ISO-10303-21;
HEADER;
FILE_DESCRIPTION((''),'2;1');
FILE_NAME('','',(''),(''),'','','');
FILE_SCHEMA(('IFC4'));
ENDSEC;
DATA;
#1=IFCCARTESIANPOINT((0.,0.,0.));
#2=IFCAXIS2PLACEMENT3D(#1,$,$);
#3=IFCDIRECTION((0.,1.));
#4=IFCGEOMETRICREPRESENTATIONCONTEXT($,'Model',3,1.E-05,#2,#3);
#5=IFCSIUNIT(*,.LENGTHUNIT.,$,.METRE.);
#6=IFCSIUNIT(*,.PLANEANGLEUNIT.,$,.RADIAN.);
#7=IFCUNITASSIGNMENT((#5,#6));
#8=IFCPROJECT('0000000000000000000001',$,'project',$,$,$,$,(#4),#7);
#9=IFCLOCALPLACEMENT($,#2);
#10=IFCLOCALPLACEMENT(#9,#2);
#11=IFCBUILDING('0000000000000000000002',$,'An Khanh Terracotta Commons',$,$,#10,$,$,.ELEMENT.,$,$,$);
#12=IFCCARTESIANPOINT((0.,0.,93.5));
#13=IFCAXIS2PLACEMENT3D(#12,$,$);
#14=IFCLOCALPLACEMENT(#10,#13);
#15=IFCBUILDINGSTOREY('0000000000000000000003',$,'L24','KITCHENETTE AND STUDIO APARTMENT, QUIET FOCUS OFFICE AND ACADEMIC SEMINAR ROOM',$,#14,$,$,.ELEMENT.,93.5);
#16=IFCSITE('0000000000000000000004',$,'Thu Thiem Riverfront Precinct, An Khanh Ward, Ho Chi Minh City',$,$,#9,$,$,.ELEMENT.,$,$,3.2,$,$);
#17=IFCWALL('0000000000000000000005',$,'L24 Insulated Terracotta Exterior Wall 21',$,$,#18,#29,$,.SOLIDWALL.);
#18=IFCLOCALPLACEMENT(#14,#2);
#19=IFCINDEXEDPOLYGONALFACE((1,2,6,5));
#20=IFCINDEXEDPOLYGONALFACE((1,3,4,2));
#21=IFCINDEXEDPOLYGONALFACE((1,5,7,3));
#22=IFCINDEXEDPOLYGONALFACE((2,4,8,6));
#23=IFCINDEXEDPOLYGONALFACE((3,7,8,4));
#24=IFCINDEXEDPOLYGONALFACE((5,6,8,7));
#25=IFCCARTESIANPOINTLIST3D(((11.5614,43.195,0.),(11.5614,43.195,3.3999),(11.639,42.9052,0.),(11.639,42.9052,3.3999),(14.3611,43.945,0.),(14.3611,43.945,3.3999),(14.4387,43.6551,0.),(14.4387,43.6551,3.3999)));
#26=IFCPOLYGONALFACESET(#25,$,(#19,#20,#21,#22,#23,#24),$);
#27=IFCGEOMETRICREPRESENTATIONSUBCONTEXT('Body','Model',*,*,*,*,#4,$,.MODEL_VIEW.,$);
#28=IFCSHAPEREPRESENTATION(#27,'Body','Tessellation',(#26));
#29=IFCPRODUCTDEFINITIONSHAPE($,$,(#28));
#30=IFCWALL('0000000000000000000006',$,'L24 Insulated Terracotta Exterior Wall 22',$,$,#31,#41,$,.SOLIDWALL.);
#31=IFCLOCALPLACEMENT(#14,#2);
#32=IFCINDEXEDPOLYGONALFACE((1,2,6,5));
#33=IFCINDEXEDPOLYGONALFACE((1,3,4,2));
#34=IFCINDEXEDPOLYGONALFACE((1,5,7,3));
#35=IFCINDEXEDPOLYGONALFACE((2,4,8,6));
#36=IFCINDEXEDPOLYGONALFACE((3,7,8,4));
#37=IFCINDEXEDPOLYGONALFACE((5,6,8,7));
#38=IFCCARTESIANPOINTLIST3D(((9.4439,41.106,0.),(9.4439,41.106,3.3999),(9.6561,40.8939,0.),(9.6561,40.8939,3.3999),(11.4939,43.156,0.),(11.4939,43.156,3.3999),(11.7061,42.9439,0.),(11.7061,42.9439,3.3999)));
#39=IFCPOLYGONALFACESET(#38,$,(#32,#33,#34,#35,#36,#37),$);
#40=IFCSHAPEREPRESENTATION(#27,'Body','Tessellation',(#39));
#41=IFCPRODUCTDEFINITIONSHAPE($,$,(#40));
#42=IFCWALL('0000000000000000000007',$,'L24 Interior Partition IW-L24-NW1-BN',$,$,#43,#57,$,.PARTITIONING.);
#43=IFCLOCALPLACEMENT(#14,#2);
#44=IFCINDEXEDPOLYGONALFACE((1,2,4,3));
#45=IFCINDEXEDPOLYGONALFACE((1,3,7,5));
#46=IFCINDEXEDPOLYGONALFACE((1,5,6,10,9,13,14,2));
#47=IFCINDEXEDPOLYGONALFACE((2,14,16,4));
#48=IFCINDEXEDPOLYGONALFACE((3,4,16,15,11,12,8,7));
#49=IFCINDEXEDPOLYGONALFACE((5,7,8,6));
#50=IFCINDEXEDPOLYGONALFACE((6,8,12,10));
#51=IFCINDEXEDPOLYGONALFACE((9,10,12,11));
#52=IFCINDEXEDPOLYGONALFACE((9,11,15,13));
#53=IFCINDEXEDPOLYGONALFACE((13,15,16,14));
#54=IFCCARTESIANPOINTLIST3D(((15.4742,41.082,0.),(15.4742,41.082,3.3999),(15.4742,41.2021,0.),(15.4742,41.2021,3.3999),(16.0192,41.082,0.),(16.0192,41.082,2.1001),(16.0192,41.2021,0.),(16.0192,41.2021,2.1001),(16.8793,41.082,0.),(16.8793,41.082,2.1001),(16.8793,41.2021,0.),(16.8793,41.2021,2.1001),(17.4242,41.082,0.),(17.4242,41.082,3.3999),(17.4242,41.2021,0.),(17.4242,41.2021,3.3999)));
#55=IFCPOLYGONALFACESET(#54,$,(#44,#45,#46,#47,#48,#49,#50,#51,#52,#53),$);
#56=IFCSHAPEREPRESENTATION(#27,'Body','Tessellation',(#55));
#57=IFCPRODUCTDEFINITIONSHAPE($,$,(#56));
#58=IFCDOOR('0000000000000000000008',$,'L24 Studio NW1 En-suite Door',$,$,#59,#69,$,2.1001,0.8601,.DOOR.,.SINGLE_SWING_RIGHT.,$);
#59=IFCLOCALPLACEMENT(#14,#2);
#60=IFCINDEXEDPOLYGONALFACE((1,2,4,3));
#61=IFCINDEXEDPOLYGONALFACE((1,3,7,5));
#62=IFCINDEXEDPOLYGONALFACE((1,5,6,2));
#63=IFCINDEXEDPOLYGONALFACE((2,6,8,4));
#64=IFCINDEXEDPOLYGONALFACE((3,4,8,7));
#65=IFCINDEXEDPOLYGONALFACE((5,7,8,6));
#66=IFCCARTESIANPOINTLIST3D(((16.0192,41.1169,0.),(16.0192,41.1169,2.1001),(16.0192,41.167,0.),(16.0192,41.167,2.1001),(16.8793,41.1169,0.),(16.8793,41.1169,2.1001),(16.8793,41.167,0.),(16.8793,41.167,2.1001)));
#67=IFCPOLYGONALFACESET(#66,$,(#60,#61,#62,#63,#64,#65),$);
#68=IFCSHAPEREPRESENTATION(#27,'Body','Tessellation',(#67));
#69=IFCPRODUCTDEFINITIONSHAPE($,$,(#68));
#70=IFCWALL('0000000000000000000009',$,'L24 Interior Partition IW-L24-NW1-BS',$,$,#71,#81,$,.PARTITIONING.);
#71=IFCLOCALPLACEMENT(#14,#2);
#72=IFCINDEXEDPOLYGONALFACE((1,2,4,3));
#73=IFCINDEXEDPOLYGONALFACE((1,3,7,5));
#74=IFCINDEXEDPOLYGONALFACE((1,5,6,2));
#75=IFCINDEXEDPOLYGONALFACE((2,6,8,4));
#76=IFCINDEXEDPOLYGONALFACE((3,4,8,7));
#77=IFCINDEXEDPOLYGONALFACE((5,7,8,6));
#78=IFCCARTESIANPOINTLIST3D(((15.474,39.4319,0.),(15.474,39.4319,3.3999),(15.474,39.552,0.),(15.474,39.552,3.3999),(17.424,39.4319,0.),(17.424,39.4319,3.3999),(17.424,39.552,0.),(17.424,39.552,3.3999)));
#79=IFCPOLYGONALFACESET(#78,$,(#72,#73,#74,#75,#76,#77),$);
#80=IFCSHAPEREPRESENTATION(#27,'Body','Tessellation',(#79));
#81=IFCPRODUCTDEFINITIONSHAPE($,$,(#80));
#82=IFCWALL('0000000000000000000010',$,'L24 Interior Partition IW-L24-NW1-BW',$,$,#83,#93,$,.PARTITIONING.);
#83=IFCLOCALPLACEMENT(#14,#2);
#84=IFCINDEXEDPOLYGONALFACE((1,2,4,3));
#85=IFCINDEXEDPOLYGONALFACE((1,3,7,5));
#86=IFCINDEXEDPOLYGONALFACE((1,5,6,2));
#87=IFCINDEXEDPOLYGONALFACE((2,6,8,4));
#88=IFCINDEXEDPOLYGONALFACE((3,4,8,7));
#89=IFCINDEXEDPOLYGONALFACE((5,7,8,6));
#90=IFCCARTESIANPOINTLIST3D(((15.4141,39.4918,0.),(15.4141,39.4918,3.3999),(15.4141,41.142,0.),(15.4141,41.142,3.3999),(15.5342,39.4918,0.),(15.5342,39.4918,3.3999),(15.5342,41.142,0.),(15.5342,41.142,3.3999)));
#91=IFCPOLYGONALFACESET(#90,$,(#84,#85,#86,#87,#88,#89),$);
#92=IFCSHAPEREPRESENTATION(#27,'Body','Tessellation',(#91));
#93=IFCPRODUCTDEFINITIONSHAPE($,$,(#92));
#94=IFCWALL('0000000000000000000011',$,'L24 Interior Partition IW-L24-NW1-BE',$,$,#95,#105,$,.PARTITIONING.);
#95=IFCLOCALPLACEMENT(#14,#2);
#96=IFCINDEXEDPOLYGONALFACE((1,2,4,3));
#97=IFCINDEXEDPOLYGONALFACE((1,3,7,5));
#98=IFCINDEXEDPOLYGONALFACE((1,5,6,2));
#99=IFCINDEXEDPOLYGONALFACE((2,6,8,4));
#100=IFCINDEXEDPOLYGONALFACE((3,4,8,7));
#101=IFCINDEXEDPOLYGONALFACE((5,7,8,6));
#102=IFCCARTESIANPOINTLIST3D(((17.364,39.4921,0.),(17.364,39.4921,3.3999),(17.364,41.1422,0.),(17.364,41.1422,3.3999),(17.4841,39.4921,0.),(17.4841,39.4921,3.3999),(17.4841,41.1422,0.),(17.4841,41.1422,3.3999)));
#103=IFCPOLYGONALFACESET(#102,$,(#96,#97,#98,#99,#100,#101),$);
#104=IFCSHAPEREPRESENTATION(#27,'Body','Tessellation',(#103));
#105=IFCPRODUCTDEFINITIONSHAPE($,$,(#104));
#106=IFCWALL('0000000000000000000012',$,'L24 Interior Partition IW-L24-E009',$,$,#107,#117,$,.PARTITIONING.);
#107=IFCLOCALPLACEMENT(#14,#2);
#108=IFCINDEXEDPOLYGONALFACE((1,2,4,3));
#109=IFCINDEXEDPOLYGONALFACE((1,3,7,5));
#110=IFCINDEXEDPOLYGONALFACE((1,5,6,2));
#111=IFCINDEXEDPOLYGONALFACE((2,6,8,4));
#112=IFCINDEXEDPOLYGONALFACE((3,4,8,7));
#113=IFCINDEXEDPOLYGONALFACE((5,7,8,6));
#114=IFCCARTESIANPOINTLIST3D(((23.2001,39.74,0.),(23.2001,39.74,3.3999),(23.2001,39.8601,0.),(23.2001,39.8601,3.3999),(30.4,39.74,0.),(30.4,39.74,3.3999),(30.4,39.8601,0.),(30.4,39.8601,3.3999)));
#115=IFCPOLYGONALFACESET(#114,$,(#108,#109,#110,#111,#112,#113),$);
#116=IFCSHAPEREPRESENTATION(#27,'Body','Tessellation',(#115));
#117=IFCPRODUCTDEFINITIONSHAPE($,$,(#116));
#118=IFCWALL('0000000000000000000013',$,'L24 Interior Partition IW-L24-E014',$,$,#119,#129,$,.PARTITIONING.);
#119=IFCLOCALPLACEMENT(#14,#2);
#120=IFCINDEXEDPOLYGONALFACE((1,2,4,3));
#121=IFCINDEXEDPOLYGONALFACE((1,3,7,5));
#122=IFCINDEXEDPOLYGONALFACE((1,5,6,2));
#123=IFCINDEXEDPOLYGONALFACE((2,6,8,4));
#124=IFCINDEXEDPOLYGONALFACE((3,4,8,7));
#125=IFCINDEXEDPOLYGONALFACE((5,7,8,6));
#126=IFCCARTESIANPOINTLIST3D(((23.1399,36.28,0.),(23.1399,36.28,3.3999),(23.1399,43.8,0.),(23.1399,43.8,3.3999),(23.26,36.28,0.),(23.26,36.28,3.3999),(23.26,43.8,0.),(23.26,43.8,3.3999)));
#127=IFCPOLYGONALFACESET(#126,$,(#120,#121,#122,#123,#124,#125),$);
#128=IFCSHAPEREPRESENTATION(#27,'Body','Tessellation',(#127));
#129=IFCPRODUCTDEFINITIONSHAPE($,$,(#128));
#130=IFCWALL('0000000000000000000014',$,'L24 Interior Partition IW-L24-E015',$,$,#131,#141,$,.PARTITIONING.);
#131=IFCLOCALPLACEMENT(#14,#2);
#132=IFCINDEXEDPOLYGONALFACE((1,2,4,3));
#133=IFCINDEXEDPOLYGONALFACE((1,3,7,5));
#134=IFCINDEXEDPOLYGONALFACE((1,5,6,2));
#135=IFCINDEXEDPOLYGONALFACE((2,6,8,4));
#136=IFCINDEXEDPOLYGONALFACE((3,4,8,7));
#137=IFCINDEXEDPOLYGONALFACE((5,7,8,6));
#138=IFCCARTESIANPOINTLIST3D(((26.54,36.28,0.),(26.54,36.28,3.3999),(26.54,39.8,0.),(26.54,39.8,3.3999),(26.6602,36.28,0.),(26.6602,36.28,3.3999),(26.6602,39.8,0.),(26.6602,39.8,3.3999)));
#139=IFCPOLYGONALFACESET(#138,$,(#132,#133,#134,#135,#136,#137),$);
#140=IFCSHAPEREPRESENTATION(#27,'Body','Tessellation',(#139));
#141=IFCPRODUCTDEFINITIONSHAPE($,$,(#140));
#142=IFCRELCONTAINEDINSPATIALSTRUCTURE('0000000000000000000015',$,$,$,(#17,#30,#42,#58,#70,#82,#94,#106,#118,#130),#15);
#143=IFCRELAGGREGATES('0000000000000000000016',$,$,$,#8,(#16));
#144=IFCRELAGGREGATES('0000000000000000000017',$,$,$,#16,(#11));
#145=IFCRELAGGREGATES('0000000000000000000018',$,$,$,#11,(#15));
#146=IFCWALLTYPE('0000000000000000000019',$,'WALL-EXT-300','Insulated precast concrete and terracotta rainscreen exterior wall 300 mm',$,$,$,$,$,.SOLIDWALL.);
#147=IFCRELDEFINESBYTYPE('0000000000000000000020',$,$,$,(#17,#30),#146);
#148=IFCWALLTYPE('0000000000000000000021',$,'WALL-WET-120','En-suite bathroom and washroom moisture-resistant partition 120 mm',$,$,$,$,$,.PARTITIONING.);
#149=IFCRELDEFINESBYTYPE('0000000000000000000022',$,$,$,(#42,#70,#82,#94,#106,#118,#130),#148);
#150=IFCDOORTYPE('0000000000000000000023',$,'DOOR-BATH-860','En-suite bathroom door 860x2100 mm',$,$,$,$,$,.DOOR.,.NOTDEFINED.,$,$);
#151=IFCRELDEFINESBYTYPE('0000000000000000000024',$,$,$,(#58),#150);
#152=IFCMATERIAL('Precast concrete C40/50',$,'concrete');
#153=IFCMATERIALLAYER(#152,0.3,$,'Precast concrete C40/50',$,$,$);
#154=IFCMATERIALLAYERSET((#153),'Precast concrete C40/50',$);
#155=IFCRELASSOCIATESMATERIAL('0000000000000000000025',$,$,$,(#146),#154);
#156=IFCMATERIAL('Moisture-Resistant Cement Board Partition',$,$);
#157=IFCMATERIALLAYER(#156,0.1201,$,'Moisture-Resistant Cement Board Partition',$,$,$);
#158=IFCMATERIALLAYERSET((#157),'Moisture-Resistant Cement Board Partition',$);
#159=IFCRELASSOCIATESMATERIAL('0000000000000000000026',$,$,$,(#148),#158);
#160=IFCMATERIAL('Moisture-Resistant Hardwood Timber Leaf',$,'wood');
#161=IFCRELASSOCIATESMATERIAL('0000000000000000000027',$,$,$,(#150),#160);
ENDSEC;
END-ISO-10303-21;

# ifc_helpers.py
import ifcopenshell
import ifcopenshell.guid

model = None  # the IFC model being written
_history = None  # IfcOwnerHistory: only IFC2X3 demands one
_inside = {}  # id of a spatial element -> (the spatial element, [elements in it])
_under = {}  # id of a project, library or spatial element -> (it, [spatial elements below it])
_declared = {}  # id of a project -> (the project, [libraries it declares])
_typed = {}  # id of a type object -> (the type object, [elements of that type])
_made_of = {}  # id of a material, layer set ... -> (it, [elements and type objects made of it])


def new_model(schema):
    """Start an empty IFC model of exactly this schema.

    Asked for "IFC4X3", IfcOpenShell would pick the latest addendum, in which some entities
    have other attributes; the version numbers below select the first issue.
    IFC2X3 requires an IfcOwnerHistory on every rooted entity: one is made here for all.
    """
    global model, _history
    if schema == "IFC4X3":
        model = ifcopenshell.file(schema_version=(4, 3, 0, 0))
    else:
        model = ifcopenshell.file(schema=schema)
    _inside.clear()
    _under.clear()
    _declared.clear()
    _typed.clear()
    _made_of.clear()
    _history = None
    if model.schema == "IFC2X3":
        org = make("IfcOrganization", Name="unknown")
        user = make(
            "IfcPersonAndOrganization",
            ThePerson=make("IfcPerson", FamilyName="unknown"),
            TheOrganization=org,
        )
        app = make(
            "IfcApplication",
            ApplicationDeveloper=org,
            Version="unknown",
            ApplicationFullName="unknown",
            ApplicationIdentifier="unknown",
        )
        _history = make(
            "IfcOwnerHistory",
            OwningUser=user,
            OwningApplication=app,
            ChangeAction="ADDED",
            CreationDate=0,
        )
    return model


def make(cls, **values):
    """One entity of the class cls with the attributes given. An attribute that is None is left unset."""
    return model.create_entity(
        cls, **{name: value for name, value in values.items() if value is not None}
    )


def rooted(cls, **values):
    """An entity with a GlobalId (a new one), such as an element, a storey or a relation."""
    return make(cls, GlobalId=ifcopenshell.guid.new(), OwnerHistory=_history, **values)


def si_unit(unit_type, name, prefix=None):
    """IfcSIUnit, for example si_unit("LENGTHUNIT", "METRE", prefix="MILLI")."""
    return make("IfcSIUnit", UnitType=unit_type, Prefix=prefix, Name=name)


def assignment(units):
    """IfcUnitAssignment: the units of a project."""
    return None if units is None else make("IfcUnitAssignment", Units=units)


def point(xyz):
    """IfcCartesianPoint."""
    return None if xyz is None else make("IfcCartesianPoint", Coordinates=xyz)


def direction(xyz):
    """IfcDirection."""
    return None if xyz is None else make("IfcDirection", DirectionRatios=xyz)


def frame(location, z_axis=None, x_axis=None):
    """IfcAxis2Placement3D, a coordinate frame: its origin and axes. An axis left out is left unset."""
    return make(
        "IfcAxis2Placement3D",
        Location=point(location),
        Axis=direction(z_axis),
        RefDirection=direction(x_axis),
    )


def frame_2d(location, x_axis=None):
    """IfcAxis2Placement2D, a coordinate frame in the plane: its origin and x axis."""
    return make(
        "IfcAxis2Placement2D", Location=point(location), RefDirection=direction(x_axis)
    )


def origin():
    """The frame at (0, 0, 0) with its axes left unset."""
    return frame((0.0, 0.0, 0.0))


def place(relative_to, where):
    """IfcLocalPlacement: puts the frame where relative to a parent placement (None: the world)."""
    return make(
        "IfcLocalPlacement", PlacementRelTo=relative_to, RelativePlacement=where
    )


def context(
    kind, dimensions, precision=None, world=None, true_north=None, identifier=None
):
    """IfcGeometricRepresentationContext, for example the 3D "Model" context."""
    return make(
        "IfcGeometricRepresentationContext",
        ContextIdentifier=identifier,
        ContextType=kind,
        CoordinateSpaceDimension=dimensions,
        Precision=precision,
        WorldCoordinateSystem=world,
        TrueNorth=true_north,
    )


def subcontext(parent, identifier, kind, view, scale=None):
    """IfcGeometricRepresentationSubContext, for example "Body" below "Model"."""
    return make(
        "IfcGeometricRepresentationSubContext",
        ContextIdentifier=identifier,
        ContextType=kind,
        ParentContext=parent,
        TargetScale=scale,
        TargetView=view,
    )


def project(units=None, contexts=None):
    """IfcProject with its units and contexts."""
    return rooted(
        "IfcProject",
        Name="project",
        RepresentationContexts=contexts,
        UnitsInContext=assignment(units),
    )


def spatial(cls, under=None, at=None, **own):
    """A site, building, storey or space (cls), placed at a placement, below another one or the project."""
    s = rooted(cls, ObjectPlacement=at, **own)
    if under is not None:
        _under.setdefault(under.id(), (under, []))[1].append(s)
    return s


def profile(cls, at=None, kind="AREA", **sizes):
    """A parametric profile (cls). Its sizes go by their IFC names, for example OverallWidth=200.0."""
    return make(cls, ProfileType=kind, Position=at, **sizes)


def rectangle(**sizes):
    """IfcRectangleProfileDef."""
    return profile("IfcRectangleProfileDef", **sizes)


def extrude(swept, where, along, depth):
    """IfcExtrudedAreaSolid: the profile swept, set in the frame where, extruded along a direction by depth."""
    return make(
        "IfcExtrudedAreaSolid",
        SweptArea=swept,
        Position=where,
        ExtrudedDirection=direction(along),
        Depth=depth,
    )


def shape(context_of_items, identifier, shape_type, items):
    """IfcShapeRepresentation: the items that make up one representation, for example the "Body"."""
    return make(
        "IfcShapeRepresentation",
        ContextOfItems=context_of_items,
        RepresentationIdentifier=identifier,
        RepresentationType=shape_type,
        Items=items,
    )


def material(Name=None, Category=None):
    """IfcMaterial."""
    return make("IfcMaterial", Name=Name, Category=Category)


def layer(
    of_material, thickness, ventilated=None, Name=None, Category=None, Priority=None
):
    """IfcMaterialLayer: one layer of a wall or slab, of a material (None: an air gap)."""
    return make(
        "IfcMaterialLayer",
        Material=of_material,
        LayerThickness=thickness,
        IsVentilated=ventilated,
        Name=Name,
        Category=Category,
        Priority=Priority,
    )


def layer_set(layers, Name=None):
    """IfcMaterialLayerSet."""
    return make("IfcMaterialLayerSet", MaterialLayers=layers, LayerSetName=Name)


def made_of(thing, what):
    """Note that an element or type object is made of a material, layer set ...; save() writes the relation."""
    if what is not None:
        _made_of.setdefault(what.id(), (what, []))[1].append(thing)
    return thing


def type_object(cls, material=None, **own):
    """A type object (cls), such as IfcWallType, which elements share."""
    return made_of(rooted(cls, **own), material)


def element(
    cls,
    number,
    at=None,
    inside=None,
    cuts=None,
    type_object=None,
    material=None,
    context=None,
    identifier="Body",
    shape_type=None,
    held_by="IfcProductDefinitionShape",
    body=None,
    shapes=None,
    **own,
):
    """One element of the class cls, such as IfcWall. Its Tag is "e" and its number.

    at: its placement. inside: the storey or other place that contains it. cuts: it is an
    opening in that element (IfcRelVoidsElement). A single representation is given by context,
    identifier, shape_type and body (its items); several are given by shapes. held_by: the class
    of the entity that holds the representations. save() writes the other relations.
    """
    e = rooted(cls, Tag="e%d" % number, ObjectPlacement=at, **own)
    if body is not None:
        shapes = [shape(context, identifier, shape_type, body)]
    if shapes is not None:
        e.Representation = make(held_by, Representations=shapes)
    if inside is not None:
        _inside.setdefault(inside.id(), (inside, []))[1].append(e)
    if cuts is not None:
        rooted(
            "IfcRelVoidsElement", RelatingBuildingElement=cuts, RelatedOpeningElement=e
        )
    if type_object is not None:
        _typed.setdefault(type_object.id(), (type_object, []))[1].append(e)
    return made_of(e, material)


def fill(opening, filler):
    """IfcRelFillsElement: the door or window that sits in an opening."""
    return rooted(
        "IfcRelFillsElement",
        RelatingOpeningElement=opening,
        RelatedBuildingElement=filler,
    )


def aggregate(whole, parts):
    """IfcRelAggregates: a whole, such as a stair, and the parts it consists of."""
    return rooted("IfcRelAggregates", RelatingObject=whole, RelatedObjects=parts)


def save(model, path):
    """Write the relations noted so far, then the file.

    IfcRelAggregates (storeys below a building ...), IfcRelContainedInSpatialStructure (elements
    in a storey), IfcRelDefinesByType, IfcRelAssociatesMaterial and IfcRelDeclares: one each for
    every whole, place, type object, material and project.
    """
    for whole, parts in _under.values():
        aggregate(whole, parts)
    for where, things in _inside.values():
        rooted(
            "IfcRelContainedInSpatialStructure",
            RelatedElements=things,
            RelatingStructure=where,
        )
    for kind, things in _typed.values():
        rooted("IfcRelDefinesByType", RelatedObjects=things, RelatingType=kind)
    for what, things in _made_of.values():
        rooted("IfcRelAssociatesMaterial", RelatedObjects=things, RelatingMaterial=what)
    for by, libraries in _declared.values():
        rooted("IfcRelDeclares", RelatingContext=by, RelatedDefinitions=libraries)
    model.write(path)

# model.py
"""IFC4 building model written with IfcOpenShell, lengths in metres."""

from ifc_helpers import new_model, si_unit, direction, frame, frame_2d, origin, place, context, subcontext, project, spatial, rectangle, extrude, material, layer, layer_set, type_object, element, fill, save


model = new_model("IFC4")

# Units and contexts
model_context = context("Model", 3, precision=1e-05, world=origin(), true_north=direction((0.0, 1.0)))
body_context = subcontext(model_context, "Body", "Model", "MODEL_VIEW")
ifc_project = project(units=[si_unit("LENGTHUNIT", "METRE"), si_unit("PLANEANGLEUNIT", "RADIAN")], contexts=[model_context])

# Site, building, storey
site_placement = place(None, origin())
site = spatial("IfcSite", under=ifc_project, at=site_placement, Name="Thu Thiem Riverfront Precinct, An Khanh Ward, Ho Chi Minh City", CompositionType="ELEMENT", RefElevation=3.2)
building_placement = place(site_placement, origin())
building = spatial("IfcBuilding", under=site, at=building_placement, Name="An Khanh Terracotta Commons", CompositionType="ELEMENT")
storey_placement = place(building_placement, frame((0.0, 0.0, 93.5)))
storey = spatial("IfcBuildingStorey", under=building, at=storey_placement, Name="L24", Description="KITCHENETTE AND STUDIO APARTMENT, QUIET FOCUS OFFICE AND ACADEMIC SEMINAR ROOM", CompositionType="ELEMENT", Elevation=93.5)

# Walls
ifc_material_1 = material(Name="Precast concrete C40/50", Category="concrete")
ifc_layer_1 = layer(ifc_material_1, 0.3, Name="Precast concrete C40/50")
ifc_layer_set_1 = layer_set([ifc_layer_1], Name="Precast concrete C40/50")
wall_type_1 = type_object("IfcWallType", Name="WALL-EXT-300", Description="Insulated precast concrete and terracotta rainscreen exterior wall 300 mm", PredefinedType="SOLIDWALL", material=ifc_layer_set_1)
wall_1_placement = place(storey_placement, frame((14.3999, 43.8, 0.0), z_axis=(0.0, 0.0, 1.0), x_axis=(-0.965944, -0.258753, 0.0)))
element("IfcWall", 1, at=wall_1_placement, inside=storey, type_object=wall_type_1, Name="L24 Insulated Terracotta Exterior Wall 21", PredefinedType="SOLIDWALL", context=body_context, shape_type="SweptSolid", body=[
    extrude(rectangle(XDim=2.8984, YDim=0.3, at=frame_2d((1.4492, 0.0))), origin(), (0.0, 0.0, 1.0), 3.3999),
])
wall_2_placement = place(storey_placement, frame((11.6001, 43.05, 0.0), z_axis=(0.0, 0.0, 1.0), x_axis=(-0.707107, -0.707107, 0.0)))
element("IfcWall", 2, at=wall_2_placement, inside=storey, type_object=wall_type_1, Name="L24 Insulated Terracotta Exterior Wall 22", PredefinedType="SOLIDWALL", context=body_context, shape_type="SweptSolid", body=[
    extrude(rectangle(XDim=2.8992, YDim=0.3, at=frame_2d((1.4497, 0.0))), origin(), (0.0, 0.0, 1.0), 3.3999),
])

# Wall, opening, door
ifc_material_2 = material(Name="Moisture-Resistant Cement Board Partition")
ifc_layer_2 = layer(ifc_material_2, 0.1201, Name="Moisture-Resistant Cement Board Partition")
ifc_layer_set_2 = layer_set([ifc_layer_2], Name="Moisture-Resistant Cement Board Partition")
wall_type_2 = type_object("IfcWallType", Name="WALL-WET-120", Description="En-suite bathroom and washroom moisture-resistant partition 120 mm", PredefinedType="PARTITIONING", material=ifc_layer_set_2)
wall_3_placement = place(storey_placement, frame((15.4741, 41.1421, 0.0), z_axis=(0.0, 0.0, 1.0), x_axis=(1.0, 0.0, 0.0)))
wall_3 = element("IfcWall", 3, at=wall_3_placement, inside=storey, type_object=wall_type_2, Name="L24 Interior Partition IW-L24-NW1-BN", PredefinedType="PARTITIONING", context=body_context, shape_type="SweptSolid", body=[
    extrude(rectangle(XDim=1.95, YDim=0.1201, at=frame_2d((0.9751, 0.0))), origin(), (0.0, 0.0, 1.0), 3.3999),
])
opening_placement = place(wall_3_placement, frame((0.5449, 0.0, 0.0)))
opening = element("IfcOpeningElement", 4, at=opening_placement, cuts=wall_3, PredefinedType="OPENING", context=body_context, shape_type="SweptSolid", body=[
    extrude(rectangle(XDim=0.8601, YDim=2.1001, at=frame_2d((0.4302, 1.05))), frame((0.0, 0.0701, 0.0), z_axis=(0.0, -1.0, 0.0), x_axis=(1.0, 0.0, 0.0)), (0.0, 0.0, 1.0), 0.1401),
])
ifc_material_3 = material(Name="Moisture-Resistant Hardwood Timber Leaf", Category="wood")
door_type = type_object("IfcDoorType", Name="DOOR-BATH-860", Description="En-suite bathroom door 860x2100 mm", OperationType="NOTDEFINED", PredefinedType="DOOR", material=ifc_material_3)
door_placement = place(opening_placement, origin())
door = element("IfcDoor", 5, at=door_placement, inside=storey, type_object=door_type, Name="L24 Studio NW1 En-suite Door", OperationType="SINGLE_SWING_RIGHT", OverallHeight=2.1001, OverallWidth=0.8601, PredefinedType="DOOR", context=body_context, shape_type="SweptSolid", body=[
    extrude(rectangle(XDim=0.8601, YDim=2.1001, at=frame_2d((0.4302, 1.05))), frame((0.0, 0.0249, 0.0), z_axis=(0.0, -1.0, 0.0), x_axis=(1.0, 0.0, 0.0)), (0.0, 0.0, 1.0), 0.05),
])
fill(opening, door)

# Walls
wall_4_placement = place(storey_placement, frame((17.4241, 39.4919, 0.0), z_axis=(0.0, 0.0, 1.0), x_axis=(-1.0, 0.0, 0.0)))
element("IfcWall", 6, at=wall_4_placement, inside=storey, type_object=wall_type_2, Name="L24 Interior Partition IW-L24-NW1-BS", PredefinedType="PARTITIONING", context=body_context, shape_type="SweptSolid", body=[
    extrude(rectangle(XDim=1.95, YDim=0.1201, at=frame_2d((0.9751, 0.0))), origin(), (0.0, 0.0, 1.0), 3.3999),
])
for number, where, z_axis, x_axis, name in (
    (7, (15.4741, 41.1421, 0.0), (0.0, 0.0, 1.0), (0.0, -1.0, 0.0), "L24 Interior Partition IW-L24-NW1-BW"),
    (8, (17.4241, 39.4919, 0.0), (0.0, 0.0, 1.0), (0.0, 1.0, 0.0), "L24 Interior Partition IW-L24-NW1-BE"),
):
    element("IfcWall", number, at=place(storey_placement, frame(where, z_axis=z_axis, x_axis=x_axis)), inside=storey, type_object=wall_type_2, Name=name, PredefinedType="PARTITIONING", context=body_context, shape_type="SweptSolid", body=[
        extrude(rectangle(XDim=1.6501, YDim=0.1201, at=frame_2d((0.8252, 0.0))), origin(), (0.0, 0.0, 1.0), 3.3999),
    ])
wall_5_placement = place(storey_placement, frame((23.2, 39.8, 0.0), z_axis=(0.0, 0.0, 1.0), x_axis=(1.0, 0.0, 0.0)))
element("IfcWall", 9, at=wall_5_placement, inside=storey, type_object=wall_type_2, Name="L24 Interior Partition IW-L24-E009", PredefinedType="PARTITIONING", context=body_context, shape_type="SweptSolid", body=[
    extrude(rectangle(XDim=7.2, YDim=0.1201, at=frame_2d((3.6001, 0.0))), origin(), (0.0, 0.0, 1.0), 3.3999),
])
wall_6_placement = place(storey_placement, frame((23.2, 36.28, 0.0), z_axis=(0.0, 0.0, 1.0), x_axis=(0.0, 1.0, 0.0)))
element("IfcWall", 10, at=wall_6_placement, inside=storey, type_object=wall_type_2, Name="L24 Interior Partition IW-L24-E014", PredefinedType="PARTITIONING", context=body_context, shape_type="SweptSolid", body=[
    extrude(rectangle(XDim=7.52, YDim=0.1201, at=frame_2d((3.76, 0.0))), origin(), (0.0, 0.0, 1.0), 3.3999),
])
wall_7_placement = place(storey_placement, frame((26.6001, 36.28, 0.0), z_axis=(0.0, 0.0, 1.0), x_axis=(0.0, 1.0, 0.0)))
element("IfcWall", 11, at=wall_7_placement, inside=storey, type_object=wall_type_2, Name="L24 Interior Partition IW-L24-E015", PredefinedType="PARTITIONING", context=body_context, shape_type="SweptSolid", body=[
    extrude(rectangle(XDim=3.52, YDim=0.1201, at=frame_2d((1.76, 0.0))), origin(), (0.0, 0.0, 1.0), 3.3999),
])

save(model, "model.ifc")
